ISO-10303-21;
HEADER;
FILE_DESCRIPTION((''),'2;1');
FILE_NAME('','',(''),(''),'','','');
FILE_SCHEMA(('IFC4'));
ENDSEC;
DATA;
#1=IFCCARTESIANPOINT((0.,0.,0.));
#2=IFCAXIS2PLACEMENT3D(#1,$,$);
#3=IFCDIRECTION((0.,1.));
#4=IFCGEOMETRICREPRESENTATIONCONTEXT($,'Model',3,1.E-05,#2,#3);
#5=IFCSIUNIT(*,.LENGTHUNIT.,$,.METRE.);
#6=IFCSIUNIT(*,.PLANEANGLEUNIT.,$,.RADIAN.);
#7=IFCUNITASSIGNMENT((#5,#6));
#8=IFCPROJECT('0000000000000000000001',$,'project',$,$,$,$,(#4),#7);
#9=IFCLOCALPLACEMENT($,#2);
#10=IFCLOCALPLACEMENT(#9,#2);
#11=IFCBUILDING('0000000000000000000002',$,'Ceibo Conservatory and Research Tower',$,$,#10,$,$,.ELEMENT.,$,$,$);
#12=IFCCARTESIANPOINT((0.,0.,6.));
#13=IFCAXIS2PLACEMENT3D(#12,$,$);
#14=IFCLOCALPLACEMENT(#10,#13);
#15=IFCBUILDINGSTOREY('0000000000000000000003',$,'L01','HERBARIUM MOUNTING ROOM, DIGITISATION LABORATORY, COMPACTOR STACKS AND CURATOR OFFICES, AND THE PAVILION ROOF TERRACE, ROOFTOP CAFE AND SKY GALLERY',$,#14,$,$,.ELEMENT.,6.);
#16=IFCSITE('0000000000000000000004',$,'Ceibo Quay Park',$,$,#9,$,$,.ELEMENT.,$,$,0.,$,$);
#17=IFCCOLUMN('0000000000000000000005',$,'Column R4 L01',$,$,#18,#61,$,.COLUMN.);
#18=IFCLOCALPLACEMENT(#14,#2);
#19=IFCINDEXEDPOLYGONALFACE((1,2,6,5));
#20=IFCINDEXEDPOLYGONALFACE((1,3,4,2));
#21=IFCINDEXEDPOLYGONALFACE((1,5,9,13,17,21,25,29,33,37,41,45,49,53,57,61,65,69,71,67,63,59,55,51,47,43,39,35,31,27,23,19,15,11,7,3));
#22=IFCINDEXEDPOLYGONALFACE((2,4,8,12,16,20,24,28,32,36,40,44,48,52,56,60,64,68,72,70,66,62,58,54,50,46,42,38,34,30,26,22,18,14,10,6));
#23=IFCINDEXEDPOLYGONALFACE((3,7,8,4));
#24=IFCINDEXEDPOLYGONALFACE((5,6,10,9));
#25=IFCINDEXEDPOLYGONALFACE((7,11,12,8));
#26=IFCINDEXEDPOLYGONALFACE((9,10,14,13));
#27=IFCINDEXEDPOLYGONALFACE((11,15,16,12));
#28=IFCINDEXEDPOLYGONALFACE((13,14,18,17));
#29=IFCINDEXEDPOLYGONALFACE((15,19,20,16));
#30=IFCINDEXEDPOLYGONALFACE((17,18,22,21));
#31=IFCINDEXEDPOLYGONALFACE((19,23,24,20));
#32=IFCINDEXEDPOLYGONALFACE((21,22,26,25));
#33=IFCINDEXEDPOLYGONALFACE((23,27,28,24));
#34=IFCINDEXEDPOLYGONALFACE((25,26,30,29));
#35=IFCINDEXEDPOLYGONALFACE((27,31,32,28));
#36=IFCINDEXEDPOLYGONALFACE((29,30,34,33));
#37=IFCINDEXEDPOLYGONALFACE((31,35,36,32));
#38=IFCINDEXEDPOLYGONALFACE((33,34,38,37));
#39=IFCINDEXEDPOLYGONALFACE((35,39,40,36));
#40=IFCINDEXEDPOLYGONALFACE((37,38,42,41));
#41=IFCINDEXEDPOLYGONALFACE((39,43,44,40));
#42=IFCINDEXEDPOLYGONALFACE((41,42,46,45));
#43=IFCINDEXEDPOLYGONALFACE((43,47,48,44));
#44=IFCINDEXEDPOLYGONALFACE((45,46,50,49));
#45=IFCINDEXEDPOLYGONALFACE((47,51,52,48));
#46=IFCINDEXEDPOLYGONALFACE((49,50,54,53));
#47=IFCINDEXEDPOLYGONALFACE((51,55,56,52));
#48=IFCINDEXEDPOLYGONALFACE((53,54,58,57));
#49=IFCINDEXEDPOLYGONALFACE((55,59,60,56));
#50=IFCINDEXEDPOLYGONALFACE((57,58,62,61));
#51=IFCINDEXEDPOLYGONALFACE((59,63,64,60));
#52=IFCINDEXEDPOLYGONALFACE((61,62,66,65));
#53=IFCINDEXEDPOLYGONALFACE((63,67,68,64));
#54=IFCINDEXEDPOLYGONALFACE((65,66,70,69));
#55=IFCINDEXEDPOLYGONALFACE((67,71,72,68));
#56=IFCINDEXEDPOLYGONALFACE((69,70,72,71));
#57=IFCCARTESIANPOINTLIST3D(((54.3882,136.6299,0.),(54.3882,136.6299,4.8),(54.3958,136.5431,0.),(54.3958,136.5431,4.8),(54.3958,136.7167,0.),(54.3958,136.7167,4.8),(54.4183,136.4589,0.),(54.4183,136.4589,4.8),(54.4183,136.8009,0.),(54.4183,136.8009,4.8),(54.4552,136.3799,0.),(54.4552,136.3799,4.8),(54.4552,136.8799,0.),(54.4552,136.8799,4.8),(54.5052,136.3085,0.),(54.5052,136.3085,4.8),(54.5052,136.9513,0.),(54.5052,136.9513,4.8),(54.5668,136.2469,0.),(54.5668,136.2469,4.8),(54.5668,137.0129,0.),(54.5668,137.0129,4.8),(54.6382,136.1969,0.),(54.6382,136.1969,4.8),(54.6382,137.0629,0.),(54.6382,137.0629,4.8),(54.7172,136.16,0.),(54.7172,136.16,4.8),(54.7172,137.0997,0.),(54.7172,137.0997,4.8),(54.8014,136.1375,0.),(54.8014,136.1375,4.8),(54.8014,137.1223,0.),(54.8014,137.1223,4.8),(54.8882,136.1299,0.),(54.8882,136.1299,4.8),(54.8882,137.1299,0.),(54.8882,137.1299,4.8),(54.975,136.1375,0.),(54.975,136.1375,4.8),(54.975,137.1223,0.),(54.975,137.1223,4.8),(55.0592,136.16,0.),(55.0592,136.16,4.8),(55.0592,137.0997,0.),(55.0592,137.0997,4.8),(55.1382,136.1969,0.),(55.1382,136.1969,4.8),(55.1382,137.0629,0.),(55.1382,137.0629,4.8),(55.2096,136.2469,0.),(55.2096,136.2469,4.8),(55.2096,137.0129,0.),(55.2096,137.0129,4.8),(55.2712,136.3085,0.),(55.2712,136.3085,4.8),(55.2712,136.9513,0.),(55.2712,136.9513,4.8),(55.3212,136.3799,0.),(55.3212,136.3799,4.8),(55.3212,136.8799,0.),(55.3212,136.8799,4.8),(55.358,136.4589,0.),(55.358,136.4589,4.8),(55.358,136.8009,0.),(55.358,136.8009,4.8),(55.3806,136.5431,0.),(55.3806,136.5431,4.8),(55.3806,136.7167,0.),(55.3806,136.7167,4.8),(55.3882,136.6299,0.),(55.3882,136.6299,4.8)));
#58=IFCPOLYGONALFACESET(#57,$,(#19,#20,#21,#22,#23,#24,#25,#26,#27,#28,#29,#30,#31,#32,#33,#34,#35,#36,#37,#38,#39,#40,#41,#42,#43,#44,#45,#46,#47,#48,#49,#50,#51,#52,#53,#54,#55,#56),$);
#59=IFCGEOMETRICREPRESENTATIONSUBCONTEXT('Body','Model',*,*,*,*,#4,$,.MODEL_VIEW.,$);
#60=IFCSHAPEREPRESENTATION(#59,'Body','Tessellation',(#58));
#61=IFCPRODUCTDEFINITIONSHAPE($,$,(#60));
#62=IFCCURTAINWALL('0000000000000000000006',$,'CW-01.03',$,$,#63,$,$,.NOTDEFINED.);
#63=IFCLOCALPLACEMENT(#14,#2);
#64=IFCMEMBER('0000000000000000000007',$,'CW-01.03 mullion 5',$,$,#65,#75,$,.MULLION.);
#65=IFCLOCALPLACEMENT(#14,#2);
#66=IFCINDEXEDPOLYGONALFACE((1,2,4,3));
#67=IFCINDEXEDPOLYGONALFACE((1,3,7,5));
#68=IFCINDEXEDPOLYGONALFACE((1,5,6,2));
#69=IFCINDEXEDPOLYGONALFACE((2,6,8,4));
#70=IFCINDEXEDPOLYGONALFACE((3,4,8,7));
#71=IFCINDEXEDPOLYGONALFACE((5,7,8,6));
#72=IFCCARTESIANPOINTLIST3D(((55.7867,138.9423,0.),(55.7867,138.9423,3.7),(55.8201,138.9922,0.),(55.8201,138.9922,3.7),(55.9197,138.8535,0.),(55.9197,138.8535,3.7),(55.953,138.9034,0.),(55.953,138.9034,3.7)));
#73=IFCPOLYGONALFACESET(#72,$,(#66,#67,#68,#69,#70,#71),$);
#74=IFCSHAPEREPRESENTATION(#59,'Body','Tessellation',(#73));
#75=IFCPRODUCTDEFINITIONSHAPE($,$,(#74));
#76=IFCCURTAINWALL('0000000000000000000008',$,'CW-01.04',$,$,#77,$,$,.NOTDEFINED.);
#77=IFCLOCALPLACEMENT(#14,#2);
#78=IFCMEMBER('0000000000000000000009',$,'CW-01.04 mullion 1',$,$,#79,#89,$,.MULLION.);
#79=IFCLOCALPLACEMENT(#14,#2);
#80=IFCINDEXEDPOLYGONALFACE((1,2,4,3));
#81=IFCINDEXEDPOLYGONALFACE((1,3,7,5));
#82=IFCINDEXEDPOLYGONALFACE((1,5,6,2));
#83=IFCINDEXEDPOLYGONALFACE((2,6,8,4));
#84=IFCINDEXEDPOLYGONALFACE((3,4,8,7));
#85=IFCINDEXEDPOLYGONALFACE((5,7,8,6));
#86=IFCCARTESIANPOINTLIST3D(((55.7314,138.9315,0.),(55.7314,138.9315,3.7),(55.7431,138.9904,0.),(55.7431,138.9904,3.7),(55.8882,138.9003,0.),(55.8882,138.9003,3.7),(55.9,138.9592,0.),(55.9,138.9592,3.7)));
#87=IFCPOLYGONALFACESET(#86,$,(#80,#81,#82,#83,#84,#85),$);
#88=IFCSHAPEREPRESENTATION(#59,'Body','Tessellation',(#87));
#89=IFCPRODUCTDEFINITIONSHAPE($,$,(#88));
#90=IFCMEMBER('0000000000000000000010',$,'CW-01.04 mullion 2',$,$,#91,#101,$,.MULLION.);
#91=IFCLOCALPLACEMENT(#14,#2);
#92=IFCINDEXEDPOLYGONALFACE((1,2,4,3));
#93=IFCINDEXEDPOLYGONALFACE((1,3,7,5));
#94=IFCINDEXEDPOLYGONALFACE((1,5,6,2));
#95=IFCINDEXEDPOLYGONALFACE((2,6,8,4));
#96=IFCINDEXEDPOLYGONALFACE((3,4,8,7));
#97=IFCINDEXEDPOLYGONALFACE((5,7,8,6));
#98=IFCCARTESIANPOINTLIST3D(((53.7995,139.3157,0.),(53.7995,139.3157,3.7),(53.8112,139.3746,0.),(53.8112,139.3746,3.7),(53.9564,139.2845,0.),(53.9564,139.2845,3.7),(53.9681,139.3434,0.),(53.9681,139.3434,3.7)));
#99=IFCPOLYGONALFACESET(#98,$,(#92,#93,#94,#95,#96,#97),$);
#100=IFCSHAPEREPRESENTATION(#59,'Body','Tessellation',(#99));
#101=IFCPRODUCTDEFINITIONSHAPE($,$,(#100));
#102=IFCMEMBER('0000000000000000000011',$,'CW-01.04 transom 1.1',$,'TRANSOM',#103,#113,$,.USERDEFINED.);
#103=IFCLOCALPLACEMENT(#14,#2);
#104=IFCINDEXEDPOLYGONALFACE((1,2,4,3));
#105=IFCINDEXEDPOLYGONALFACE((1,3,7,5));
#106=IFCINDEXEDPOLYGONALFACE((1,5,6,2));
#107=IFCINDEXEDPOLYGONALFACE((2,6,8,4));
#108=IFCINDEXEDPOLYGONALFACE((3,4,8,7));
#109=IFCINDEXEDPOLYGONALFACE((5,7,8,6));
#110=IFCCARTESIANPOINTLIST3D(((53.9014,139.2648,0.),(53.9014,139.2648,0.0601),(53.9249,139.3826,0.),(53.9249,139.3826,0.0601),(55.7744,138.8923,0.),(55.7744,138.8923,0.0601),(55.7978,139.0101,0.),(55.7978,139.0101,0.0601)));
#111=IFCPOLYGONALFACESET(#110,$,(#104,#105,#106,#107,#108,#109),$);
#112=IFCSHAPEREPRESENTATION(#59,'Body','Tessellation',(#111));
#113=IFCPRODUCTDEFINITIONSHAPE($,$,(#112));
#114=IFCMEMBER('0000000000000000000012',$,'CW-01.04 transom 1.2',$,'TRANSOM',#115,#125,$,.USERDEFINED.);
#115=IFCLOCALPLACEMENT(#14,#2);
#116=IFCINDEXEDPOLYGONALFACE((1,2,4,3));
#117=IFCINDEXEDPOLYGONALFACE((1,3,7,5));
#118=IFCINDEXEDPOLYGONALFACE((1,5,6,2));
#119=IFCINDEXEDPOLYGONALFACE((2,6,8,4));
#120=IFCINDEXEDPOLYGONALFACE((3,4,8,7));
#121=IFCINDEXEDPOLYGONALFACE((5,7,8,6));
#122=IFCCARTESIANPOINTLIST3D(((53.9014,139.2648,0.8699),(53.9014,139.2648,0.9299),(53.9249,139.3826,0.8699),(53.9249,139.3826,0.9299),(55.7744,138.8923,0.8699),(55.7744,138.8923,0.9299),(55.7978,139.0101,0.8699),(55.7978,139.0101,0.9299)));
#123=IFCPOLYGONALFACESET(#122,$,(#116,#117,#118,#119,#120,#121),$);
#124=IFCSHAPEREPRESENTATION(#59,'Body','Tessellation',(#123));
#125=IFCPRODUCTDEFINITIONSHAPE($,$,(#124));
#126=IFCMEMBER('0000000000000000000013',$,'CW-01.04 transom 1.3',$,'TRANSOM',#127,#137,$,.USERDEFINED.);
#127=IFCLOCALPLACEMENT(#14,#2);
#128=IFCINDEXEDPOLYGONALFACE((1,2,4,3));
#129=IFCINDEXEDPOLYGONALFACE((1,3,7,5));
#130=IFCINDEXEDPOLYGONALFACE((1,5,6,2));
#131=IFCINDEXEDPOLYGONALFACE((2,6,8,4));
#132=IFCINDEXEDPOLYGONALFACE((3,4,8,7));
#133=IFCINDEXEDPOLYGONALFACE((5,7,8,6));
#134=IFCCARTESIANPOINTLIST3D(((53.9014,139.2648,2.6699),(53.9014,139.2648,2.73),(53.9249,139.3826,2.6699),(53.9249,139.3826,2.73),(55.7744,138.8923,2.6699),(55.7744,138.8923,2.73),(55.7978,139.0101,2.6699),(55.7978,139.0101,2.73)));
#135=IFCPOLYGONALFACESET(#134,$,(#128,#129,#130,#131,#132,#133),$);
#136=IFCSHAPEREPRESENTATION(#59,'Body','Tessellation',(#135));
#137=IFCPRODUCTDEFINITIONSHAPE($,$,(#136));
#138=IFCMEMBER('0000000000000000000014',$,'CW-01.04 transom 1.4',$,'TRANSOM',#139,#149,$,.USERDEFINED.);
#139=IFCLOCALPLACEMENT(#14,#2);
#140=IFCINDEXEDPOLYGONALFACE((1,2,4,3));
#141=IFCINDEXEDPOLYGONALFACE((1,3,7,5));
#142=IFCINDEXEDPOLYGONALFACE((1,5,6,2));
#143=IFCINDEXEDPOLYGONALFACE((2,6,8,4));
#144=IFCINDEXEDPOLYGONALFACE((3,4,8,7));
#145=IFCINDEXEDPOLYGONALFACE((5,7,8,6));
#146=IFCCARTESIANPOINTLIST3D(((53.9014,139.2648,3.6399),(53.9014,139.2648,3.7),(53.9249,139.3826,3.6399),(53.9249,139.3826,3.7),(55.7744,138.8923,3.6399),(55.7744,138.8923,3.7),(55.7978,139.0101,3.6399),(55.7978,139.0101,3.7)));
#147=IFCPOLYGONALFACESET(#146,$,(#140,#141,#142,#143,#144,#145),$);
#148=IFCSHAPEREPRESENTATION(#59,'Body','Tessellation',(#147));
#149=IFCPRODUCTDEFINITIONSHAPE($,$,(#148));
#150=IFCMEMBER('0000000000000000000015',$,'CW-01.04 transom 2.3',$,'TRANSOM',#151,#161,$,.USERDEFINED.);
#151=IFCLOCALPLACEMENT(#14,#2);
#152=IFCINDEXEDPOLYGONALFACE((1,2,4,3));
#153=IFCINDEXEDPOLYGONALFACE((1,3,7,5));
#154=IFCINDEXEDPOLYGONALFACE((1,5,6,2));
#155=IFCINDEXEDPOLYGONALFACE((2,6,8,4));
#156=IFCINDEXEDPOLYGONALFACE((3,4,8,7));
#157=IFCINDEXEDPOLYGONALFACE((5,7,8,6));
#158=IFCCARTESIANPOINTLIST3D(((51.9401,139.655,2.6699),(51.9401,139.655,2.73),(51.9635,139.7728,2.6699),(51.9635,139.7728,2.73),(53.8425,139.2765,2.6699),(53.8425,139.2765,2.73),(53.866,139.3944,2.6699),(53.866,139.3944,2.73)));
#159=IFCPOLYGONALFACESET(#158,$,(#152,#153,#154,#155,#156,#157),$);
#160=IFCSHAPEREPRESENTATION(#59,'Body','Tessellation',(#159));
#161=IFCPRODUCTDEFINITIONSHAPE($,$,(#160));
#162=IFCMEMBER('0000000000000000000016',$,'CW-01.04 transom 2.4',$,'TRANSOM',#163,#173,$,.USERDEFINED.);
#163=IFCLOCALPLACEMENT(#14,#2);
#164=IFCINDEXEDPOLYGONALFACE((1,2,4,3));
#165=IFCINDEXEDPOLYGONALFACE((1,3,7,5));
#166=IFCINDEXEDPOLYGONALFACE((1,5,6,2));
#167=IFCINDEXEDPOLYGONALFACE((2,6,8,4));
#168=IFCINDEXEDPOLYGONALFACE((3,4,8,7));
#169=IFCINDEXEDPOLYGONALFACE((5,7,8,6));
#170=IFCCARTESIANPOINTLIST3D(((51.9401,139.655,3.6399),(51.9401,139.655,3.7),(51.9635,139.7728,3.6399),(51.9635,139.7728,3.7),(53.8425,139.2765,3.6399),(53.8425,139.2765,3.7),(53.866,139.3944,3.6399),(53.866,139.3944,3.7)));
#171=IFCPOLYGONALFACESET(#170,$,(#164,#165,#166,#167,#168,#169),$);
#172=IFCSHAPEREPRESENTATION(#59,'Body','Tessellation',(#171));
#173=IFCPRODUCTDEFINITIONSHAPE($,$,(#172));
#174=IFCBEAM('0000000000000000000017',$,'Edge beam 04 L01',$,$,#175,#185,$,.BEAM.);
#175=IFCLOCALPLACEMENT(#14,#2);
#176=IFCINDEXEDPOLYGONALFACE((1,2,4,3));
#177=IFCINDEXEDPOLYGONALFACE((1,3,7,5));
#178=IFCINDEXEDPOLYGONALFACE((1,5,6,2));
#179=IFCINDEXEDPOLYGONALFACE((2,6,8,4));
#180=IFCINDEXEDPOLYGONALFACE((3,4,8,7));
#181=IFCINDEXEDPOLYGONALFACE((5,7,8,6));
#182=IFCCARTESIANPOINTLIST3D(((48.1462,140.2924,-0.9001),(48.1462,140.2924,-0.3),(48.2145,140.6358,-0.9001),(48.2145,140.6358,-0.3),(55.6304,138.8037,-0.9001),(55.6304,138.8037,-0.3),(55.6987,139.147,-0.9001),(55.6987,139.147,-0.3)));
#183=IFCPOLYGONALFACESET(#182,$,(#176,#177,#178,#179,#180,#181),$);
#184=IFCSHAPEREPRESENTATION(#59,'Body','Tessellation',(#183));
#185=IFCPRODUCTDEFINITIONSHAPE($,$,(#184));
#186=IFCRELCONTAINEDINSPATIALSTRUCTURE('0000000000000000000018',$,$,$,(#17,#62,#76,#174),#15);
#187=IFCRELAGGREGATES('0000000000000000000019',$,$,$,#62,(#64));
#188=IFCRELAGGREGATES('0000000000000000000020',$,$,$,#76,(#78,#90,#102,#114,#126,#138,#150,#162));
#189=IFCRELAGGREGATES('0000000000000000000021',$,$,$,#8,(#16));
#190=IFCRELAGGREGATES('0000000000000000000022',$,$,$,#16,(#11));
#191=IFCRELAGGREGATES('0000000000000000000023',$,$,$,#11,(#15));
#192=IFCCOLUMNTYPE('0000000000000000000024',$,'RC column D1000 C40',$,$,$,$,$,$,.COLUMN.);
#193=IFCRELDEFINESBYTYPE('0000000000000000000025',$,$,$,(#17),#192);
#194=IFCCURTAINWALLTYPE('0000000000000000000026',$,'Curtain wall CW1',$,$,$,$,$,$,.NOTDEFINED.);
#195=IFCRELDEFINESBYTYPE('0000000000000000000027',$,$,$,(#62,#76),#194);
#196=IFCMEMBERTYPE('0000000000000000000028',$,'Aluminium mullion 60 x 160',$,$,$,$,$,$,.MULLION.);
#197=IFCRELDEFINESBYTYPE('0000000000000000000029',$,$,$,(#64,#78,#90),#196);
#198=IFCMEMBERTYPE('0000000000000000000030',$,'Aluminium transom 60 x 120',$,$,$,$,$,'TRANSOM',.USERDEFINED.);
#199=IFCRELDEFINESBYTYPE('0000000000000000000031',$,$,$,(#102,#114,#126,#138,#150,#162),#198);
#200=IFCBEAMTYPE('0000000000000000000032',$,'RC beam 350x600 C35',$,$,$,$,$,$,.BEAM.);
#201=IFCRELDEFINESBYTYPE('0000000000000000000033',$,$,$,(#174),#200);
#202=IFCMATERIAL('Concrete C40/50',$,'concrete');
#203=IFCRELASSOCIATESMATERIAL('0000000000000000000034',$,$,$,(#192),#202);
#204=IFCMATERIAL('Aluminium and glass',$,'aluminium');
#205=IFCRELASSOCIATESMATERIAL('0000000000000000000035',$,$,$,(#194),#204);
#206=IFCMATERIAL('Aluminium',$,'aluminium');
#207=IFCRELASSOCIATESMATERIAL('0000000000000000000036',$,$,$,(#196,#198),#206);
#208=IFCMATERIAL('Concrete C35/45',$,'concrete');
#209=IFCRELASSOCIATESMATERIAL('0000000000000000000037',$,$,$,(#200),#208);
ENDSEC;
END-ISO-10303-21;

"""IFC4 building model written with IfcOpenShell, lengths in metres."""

from ifc_helpers import new_model, si_unit, direction, frame, origin, origin_2d, place, context, subcontext, project, spatial, rectangle, circle, extrude, material, material_profile, profile_set, type_object, element, aggregate, save


model = new_model("IFC4")

# Units and contexts
model_context = context("Model", 3, precision=1e-05, world=origin(), true_north=direction((0.0, 1.0)))
body_context = subcontext(model_context, "Body", "Model", "MODEL_VIEW")
ifc_project = project(units=[si_unit("LENGTHUNIT", "METRE"), si_unit("PLANEANGLEUNIT", "RADIAN")], contexts=[model_context])

# Site, building, storey
site_placement = place(None, origin())
site = spatial("IfcSite", under=ifc_project, at=site_placement, Name="Ceibo Quay Park", CompositionType="ELEMENT", RefElevation=0.0)
building_placement = place(site_placement, origin())
building = spatial("IfcBuilding", under=site, at=building_placement, Name="Ceibo Conservatory and Research Tower", CompositionType="ELEMENT")
storey_placement = place(building_placement, frame((0.0, 0.0, 6.0)))
storey = spatial("IfcBuildingStorey", under=building, at=storey_placement, Name="L01", Description="HERBARIUM MOUNTING ROOM, DIGITISATION LABORATORY, COMPACTOR STACKS AND CURATOR OFFICES, AND THE PAVILION ROOF TERRACE, ROOFTOP CAFE AND SKY GALLERY", CompositionType="ELEMENT", Elevation=6.0)

# Column
ifc_material_1 = material(Name="Concrete C40/50", Category="concrete")
ifc_material_profile_1 = material_profile(ifc_material_1, circle(Radius=0.5, at=origin_2d()), Name="RC D1000")
ifc_profile_set_1 = profile_set([ifc_material_profile_1], Name="Concrete C40/50")
column_type = type_object("IfcColumnType", Name="RC column D1000 C40", PredefinedType="COLUMN", material=ifc_profile_set_1)
column_placement = place(storey_placement, frame((54.8882, 136.6299, 0.0), z_axis=(0.0, 0.0, 1.0), x_axis=(1.0, 0.0, 0.0)))
element("IfcColumn", 1, at=column_placement, inside=storey, type_object=column_type, Name="Column R4 L01", PredefinedType="COLUMN", context=body_context, shape_type="SweptSolid", body=[
    extrude(circle(Radius=0.5, at=origin_2d()), origin(), (0.0, 0.0, 1.0), 4.8),
])

# Curtain wall, member
ifc_material_2 = material(Name="Aluminium and glass", Category="aluminium")
curtain_wall_type = type_object("IfcCurtainWallType", Name="Curtain wall CW1", PredefinedType="NOTDEFINED", material=ifc_material_2)
curtain_wall_1_placement = place(storey_placement, origin())
curtain_wall_1 = element("IfcCurtainWall", 2, at=curtain_wall_1_placement, inside=storey, type_object=curtain_wall_type, Name="CW-01.03", PredefinedType="NOTDEFINED")
ifc_material_3 = material(Name="Aluminium", Category="aluminium")
ifc_material_profile_2 = material_profile(ifc_material_3, rectangle(XDim=0.0601, YDim=0.1599, at=origin_2d()), Name="Aluminium 60 x 160")
ifc_profile_set_2 = profile_set([ifc_material_profile_2], Name="Aluminium")
member_type_1 = type_object("IfcMemberType", Name="Aluminium mullion 60 x 160", PredefinedType="MULLION", material=ifc_profile_set_2)
member_1_placement = place(storey_placement, frame((55.8699, 138.9229, 0.0), z_axis=(0.0, 0.0, 1.0), x_axis=(-0.55557, -0.83147, 0.0)))
member_1 = element("IfcMember", 3, at=member_1_placement, type_object=member_type_1, Name="CW-01.03 mullion 5", PredefinedType="MULLION", context=body_context, shape_type="SweptSolid", body=[
    extrude(rectangle(XDim=0.0601, YDim=0.1599, at=origin_2d()), origin(), (0.0, 0.0, 1.0), 3.7),
])

# Curtain wall, members
curtain_wall_2_placement = place(storey_placement, origin())
curtain_wall_2 = element("IfcCurtainWall", 4, at=curtain_wall_2_placement, inside=storey, type_object=curtain_wall_type, Name="CW-01.04", PredefinedType="NOTDEFINED")
member_2_placement = place(storey_placement, frame((55.8157, 138.9453, 0.0), z_axis=(0.0, 0.0, 1.0), x_axis=(-0.19509, -0.980785, 0.0)))
member_2 = element("IfcMember", 5, at=member_2_placement, type_object=member_type_1, Name="CW-01.04 mullion 1", PredefinedType="MULLION", context=body_context, shape_type="SweptSolid", body=[
    extrude(rectangle(XDim=0.0601, YDim=0.1599, at=origin_2d()), origin(), (0.0, 0.0, 1.0), 3.7),
])
member_3_placement = place(storey_placement, frame((53.8838, 139.3296, 0.0), z_axis=(0.0, 0.0, 1.0), x_axis=(-0.19509, -0.980785, 0.0)))
member_3 = element("IfcMember", 6, at=member_3_placement, type_object=member_type_1, Name="CW-01.04 mullion 2", PredefinedType="MULLION", context=body_context, shape_type="SweptSolid", body=[
    extrude(rectangle(XDim=0.0601, YDim=0.1599, at=origin_2d()), origin(), (0.0, 0.0, 1.0), 3.7),
])
ifc_material_profile_3 = material_profile(ifc_material_3, rectangle(XDim=0.1201, YDim=0.0601, at=origin_2d()), Name="Aluminium 60 x 120")
ifc_profile_set_3 = profile_set([ifc_material_profile_3], Name="Aluminium")
member_type_2 = type_object("IfcMemberType", Name="Aluminium transom 60 x 120", ElementType="TRANSOM", PredefinedType="USERDEFINED", material=ifc_profile_set_3)
member_4_placement = place(storey_placement, frame((55.7861, 138.9512, 0.03), z_axis=(-0.980787, 0.195083, 0.0), x_axis=(-0.195083, -0.980787, 0.0)))
member_4 = element("IfcMember", 7, at=member_4_placement, type_object=member_type_2, Name="CW-01.04 transom 1.1", ObjectType="TRANSOM", PredefinedType="USERDEFINED", context=body_context, shape_type="SweptSolid", body=[
    extrude(rectangle(XDim=0.1201, YDim=0.0601, at=origin_2d()), origin(), (0.0, 0.0, 1.0), 1.9097),
])
member_5_placement = place(storey_placement, frame((55.7861, 138.9512, 0.8999), z_axis=(-0.980787, 0.195083, 0.0), x_axis=(-0.195083, -0.980787, 0.0)))
member_5 = element("IfcMember", 8, at=member_5_placement, type_object=member_type_2, Name="CW-01.04 transom 1.2", ObjectType="TRANSOM", PredefinedType="USERDEFINED", context=body_context, shape_type="SweptSolid", body=[
    extrude(rectangle(XDim=0.1201, YDim=0.0601, at=origin_2d()), origin(), (0.0, 0.0, 1.0), 1.9097),
])
member_6_placement = place(storey_placement, frame((55.7861, 138.9512, 2.7), z_axis=(-0.980787, 0.195083, 0.0), x_axis=(-0.195083, -0.980787, 0.0)))
member_6 = element("IfcMember", 9, at=member_6_placement, type_object=member_type_2, Name="CW-01.04 transom 1.3", ObjectType="TRANSOM", PredefinedType="USERDEFINED", context=body_context, shape_type="SweptSolid", body=[
    extrude(rectangle(XDim=0.1201, YDim=0.0601, at=origin_2d()), origin(), (0.0, 0.0, 1.0), 1.9097),
])
member_7_placement = place(storey_placement, frame((55.7861, 138.9512, 3.6699), z_axis=(-0.980787, 0.195083, 0.0), x_axis=(-0.195083, -0.980787, 0.0)))
member_7 = element("IfcMember", 10, at=member_7_placement, type_object=member_type_2, Name="CW-01.04 transom 1.4", ObjectType="TRANSOM", PredefinedType="USERDEFINED", context=body_context, shape_type="SweptSolid", body=[
    extrude(rectangle(XDim=0.1201, YDim=0.0601, at=origin_2d()), origin(), (0.0, 0.0, 1.0), 1.9097),
])
member_8_placement = place(storey_placement, frame((53.8542, 139.3354, 2.7), z_axis=(-0.980783, 0.195099, 0.0), x_axis=(-0.195099, -0.980783, 0.0)))
member_8 = element("IfcMember", 11, at=member_8_placement, type_object=member_type_2, Name="CW-01.04 transom 2.3", ObjectType="TRANSOM", PredefinedType="USERDEFINED", context=body_context, shape_type="SweptSolid", body=[
    extrude(rectangle(XDim=0.1201, YDim=0.0601, at=origin_2d()), origin(), (0.0, 0.0, 1.0), 1.9397),
])
member_9_placement = place(storey_placement, frame((53.8542, 139.3354, 3.6699), z_axis=(-0.980783, 0.195099, 0.0), x_axis=(-0.195099, -0.980783, 0.0)))
member_9 = element("IfcMember", 12, at=member_9_placement, type_object=member_type_2, Name="CW-01.04 transom 2.4", ObjectType="TRANSOM", PredefinedType="USERDEFINED", context=body_context, shape_type="SweptSolid", body=[
    extrude(rectangle(XDim=0.1201, YDim=0.0601, at=origin_2d()), origin(), (0.0, 0.0, 1.0), 1.9397),
])

# Beam
ifc_material_4 = material(Name="Concrete C35/45", Category="concrete")
ifc_material_profile_4 = material_profile(ifc_material_4, rectangle(XDim=0.3501, YDim=0.6001, at=origin_2d()), Name="RC 350x600")
ifc_profile_set_4 = profile_set([ifc_material_profile_4], Name="Concrete C35/45")
beam_type_1 = type_object("IfcBeamType", Name="RC beam 350x600 C35", PredefinedType="BEAM", material=ifc_profile_set_4)
beam_1_placement = place(storey_placement, frame((55.6646, 138.9753, -0.6001), z_axis=(-0.980783, 0.195101, 0.0), x_axis=(-0.195101, -0.980783, 0.0)))
element("IfcBeam", 13, at=beam_1_placement, inside=storey, type_object=beam_type_1, Name="Edge beam 04 L01", PredefinedType="BEAM", context=body_context, shape_type="SweptSolid", body=[
    extrude(rectangle(XDim=0.3501, YDim=0.6001, at=origin_2d()), origin(), (0.0, 0.0, 1.0), 7.6309),
])

aggregate(curtain_wall_1, [member_1])
aggregate(curtain_wall_2, [member_2, member_3, member_4, member_5, member_6, member_7, member_8, member_9])

save(model, "model.ifc")
